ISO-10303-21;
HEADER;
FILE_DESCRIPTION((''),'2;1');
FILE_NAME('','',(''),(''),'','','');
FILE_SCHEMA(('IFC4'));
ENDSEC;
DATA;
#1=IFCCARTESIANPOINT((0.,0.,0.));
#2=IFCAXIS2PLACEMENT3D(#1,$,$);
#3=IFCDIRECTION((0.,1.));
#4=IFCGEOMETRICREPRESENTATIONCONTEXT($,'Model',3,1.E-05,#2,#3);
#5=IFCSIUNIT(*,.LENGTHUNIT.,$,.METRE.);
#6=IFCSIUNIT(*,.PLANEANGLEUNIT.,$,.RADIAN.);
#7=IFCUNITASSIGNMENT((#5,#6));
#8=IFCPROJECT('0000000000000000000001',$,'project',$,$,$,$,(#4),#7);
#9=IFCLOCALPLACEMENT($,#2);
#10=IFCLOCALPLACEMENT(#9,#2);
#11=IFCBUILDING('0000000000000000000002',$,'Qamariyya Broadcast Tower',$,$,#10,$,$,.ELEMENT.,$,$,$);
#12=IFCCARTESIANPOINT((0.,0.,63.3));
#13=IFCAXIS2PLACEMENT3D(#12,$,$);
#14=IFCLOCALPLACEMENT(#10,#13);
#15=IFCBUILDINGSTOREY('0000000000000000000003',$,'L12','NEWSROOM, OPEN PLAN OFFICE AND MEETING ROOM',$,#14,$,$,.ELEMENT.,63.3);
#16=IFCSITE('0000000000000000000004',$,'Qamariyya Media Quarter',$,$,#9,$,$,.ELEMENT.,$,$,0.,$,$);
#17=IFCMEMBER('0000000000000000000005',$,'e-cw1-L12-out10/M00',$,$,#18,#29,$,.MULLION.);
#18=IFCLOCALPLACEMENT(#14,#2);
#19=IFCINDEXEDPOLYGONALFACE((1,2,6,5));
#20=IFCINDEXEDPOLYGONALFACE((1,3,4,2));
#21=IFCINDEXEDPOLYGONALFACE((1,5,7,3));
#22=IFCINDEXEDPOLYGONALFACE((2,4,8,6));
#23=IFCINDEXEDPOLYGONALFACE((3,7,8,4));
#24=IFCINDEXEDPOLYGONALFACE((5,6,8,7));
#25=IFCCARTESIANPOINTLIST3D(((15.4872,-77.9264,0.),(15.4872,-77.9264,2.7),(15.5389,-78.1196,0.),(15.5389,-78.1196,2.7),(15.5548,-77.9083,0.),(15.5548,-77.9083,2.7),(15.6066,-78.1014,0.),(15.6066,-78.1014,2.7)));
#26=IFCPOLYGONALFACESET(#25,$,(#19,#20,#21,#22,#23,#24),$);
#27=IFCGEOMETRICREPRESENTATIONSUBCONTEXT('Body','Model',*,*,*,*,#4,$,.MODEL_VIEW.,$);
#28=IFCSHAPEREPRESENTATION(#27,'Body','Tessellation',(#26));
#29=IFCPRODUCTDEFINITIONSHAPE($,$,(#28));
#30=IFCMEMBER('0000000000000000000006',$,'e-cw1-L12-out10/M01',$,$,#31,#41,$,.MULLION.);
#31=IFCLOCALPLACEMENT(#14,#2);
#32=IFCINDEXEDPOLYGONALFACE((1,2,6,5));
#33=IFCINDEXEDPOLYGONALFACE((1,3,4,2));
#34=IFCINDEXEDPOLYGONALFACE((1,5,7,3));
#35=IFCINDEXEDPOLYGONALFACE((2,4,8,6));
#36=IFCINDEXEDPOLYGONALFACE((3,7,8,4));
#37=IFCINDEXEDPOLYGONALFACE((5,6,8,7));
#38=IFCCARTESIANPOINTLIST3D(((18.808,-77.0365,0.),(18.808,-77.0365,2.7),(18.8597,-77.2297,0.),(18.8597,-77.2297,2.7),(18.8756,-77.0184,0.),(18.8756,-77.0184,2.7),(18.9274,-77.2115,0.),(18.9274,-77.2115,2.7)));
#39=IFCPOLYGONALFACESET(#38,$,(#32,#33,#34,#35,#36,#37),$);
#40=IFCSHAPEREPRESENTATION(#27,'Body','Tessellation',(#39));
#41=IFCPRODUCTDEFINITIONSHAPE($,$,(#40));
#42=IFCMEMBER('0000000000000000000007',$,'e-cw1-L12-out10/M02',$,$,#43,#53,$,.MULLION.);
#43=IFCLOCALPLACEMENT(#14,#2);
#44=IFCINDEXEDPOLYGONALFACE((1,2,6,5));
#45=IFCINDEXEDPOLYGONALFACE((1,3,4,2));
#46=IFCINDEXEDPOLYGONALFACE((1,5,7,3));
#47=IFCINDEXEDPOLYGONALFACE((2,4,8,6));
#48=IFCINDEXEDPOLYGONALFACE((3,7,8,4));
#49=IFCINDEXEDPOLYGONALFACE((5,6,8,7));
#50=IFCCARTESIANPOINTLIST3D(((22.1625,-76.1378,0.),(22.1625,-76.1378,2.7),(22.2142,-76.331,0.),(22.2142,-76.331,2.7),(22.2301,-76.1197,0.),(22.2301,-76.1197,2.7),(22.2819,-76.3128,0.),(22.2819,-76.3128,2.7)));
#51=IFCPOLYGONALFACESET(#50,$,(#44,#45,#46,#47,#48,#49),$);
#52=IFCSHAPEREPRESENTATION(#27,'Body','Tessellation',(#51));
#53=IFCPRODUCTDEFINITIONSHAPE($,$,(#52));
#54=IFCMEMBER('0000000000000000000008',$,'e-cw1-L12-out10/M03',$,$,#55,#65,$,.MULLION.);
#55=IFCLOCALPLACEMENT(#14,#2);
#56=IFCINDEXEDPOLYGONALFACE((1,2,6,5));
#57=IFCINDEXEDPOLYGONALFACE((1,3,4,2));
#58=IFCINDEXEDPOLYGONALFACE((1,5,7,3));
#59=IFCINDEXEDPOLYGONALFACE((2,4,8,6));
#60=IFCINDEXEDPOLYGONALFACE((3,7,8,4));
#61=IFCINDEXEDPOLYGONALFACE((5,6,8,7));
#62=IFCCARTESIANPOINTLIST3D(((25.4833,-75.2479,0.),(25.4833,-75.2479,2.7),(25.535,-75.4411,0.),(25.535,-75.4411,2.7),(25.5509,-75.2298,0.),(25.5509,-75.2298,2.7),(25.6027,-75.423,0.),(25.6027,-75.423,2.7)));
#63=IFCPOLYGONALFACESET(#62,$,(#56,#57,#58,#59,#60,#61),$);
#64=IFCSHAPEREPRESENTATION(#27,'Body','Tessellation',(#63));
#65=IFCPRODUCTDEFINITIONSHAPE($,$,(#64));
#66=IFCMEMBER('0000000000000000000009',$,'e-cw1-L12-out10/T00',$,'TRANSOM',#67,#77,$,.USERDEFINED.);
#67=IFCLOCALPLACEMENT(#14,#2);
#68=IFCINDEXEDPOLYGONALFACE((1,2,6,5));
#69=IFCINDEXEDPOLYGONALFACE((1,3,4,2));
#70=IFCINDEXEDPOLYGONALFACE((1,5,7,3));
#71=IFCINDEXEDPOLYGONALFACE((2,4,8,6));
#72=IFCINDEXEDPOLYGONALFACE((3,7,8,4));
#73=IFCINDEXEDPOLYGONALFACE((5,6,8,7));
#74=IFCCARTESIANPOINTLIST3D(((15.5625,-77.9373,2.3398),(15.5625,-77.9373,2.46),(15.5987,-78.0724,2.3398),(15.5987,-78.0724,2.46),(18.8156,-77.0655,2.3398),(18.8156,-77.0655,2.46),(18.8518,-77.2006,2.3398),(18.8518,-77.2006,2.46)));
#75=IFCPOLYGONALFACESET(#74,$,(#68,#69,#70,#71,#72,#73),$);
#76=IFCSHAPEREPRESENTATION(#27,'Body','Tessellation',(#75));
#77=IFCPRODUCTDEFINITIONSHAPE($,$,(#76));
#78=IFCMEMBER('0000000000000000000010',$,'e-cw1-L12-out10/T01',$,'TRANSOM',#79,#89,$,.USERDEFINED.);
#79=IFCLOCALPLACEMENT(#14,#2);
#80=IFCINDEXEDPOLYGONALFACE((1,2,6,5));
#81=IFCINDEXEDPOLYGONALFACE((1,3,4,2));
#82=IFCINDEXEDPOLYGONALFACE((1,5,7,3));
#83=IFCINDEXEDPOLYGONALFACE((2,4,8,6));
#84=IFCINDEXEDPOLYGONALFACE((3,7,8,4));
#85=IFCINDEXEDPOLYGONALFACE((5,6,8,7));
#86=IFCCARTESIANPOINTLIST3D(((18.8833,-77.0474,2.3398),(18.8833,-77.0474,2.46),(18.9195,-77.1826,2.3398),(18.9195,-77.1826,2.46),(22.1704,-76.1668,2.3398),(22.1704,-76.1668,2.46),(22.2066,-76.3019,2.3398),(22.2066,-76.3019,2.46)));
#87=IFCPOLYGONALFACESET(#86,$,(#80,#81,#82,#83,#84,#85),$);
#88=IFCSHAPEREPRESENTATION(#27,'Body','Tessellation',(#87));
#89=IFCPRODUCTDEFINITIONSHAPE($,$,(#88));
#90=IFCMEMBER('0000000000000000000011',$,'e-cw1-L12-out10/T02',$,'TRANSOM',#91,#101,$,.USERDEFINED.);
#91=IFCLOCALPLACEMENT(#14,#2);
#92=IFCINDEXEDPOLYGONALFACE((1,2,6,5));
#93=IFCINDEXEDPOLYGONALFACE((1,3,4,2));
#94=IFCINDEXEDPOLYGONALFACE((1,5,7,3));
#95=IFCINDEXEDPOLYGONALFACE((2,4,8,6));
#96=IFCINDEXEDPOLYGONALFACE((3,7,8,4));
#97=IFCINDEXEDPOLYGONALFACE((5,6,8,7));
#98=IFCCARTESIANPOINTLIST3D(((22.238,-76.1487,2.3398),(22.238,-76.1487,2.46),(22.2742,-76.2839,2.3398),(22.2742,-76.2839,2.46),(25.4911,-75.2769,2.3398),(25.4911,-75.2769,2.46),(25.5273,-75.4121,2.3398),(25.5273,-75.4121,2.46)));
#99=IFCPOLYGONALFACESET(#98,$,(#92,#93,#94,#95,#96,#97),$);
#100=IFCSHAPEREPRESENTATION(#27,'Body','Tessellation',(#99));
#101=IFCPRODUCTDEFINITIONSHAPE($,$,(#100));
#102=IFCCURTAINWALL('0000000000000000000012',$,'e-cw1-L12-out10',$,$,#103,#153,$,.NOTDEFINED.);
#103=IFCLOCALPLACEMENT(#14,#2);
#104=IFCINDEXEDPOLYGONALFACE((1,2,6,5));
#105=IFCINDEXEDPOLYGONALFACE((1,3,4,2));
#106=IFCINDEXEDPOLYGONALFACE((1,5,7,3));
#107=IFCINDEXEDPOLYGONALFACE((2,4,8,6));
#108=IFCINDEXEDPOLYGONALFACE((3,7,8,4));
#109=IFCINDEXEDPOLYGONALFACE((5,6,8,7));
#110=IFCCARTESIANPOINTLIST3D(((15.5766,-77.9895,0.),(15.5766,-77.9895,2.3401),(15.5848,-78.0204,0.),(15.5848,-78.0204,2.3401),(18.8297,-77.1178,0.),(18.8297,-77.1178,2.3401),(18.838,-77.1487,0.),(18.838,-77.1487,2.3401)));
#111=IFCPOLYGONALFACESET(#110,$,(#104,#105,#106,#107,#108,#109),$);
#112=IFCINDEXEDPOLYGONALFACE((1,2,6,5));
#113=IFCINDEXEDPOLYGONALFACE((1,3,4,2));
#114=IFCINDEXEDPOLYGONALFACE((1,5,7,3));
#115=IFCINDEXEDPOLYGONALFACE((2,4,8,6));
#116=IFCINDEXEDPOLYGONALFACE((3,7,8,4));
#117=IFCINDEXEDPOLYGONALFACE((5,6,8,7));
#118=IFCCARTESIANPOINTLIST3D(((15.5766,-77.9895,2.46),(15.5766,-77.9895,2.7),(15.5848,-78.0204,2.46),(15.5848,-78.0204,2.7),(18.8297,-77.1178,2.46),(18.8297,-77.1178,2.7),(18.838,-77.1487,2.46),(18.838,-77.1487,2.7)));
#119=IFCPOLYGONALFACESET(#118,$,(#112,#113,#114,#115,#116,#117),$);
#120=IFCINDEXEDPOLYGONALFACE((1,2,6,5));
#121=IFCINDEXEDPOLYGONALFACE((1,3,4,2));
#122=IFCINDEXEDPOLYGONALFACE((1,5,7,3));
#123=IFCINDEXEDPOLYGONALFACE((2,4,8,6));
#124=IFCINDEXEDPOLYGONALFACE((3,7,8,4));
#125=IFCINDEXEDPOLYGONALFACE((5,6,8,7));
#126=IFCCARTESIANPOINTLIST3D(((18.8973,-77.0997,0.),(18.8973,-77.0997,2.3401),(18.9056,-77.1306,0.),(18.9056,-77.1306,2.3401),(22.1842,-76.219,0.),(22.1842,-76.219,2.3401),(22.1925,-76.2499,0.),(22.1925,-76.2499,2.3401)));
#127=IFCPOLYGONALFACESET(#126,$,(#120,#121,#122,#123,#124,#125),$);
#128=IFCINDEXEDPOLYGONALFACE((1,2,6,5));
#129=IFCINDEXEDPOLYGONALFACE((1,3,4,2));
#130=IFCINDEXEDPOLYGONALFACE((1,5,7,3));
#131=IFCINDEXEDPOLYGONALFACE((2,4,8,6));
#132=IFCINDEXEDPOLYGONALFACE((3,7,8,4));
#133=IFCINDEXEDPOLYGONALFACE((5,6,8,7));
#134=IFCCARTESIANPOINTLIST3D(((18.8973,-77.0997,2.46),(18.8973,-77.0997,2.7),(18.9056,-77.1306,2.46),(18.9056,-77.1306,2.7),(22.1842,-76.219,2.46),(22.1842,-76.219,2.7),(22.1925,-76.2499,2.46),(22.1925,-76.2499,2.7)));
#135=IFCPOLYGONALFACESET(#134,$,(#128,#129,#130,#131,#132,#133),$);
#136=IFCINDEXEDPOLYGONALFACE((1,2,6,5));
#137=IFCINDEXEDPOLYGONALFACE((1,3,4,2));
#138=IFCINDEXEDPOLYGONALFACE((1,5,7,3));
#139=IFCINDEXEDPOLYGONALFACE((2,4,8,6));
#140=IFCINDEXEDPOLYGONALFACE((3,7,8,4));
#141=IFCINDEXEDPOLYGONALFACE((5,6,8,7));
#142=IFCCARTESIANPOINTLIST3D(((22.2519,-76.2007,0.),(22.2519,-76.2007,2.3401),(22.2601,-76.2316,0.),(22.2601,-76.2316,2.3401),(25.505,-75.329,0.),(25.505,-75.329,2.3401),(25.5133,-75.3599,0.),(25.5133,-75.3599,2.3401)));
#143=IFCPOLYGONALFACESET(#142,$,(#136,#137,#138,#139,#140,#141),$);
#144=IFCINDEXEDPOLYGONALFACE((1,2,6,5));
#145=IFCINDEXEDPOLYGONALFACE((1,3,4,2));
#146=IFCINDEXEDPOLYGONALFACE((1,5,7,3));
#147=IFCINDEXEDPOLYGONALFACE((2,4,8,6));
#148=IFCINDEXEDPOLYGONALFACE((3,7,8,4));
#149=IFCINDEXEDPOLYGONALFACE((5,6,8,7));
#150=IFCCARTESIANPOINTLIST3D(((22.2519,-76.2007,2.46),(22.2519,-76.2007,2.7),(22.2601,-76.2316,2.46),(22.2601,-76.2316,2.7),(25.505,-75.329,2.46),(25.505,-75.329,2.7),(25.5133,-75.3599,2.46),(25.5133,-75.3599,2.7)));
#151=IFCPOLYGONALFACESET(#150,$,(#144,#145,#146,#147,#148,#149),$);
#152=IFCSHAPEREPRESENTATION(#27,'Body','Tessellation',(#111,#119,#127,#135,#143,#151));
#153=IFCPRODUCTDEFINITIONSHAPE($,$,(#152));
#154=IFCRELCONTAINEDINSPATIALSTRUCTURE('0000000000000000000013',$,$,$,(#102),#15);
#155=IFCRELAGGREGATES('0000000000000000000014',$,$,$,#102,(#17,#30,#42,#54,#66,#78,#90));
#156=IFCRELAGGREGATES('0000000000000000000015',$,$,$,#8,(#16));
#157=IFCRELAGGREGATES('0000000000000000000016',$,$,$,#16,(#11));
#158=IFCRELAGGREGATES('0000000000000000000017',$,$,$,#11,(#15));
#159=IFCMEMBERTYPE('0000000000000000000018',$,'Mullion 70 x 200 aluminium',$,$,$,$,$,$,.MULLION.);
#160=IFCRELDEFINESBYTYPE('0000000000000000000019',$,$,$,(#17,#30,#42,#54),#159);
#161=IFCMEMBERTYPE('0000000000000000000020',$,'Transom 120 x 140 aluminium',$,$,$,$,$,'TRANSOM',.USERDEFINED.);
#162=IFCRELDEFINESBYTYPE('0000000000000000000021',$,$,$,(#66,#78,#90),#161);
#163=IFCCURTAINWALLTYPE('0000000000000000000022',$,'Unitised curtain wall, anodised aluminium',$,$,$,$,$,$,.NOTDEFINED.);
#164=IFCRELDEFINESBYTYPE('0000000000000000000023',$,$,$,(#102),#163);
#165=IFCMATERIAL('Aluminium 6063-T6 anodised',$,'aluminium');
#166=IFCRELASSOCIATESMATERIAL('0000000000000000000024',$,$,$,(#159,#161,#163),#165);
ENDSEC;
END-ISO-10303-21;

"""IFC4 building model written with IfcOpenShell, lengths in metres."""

from ifc_helpers import new_model, si_unit, direction, frame, origin, origin_2d, place, context, subcontext, project, spatial, rectangle, extrude, material, material_profile, profile_set, type_object, element, aggregate, save


model = new_model("IFC4")

# Units and contexts
model_context = context("Model", 3, precision=1e-05, world=origin(), true_north=direction((0.0, 1.0)))
body_context = subcontext(model_context, "Body", "Model", "MODEL_VIEW")
ifc_project = project(units=[si_unit("LENGTHUNIT", "METRE"), si_unit("PLANEANGLEUNIT", "RADIAN")], contexts=[model_context])

# Members
ifc_material = material(Name="Aluminium 6063-T6 anodised", Category="aluminium")
ifc_material_profile_1 = material_profile(ifc_material, rectangle(XDim=0.2, YDim=0.0701, at=origin_2d()))
ifc_profile_set_1 = profile_set([ifc_material_profile_1], Name="Aluminium 6063-T6 anodised")
member_type_1 = type_object("IfcMemberType", Name="Mullion 70 x 200 aluminium", PredefinedType="MULLION", material=ifc_profile_set_1)
site_placement = place(None, origin())
building_placement = place(site_placement, origin())
storey_placement = place(building_placement, frame((0.0, 0.0, 63.3)))
member_1_placement = place(storey_placement, frame((15.5469, -78.0139, 0.0), z_axis=(0.0, 0.0, 1.0), x_axis=(-0.258819, 0.965926, 0.0)))
member_1 = element("IfcMember", 1, at=member_1_placement, type_object=member_type_1, Name="e-cw1-L12-out10/M00", PredefinedType="MULLION", context=body_context, shape_type="SweptSolid", body=[
    extrude(rectangle(XDim=0.2, YDim=0.0701, at=origin_2d()), origin(), (0.0, 0.0, 1.0), 2.7),
])
member_2_placement = place(storey_placement, frame((18.8677, -77.124, 0.0), z_axis=(0.0, 0.0, 1.0), x_axis=(-0.258819, 0.965926, 0.0)))
member_2 = element("IfcMember", 2, at=member_2_placement, type_object=member_type_1, Name="e-cw1-L12-out10/M01", PredefinedType="MULLION", context=body_context, shape_type="SweptSolid", body=[
    extrude(rectangle(XDim=0.2, YDim=0.0701, at=origin_2d()), origin(), (0.0, 0.0, 1.0), 2.7),
])
member_3_placement = place(storey_placement, frame((22.2222, -76.2253, 0.0), z_axis=(0.0, 0.0, 1.0), x_axis=(-0.258819, 0.965926, 0.0)))
member_3 = element("IfcMember", 3, at=member_3_placement, type_object=member_type_1, Name="e-cw1-L12-out10/M02", PredefinedType="MULLION", context=body_context, shape_type="SweptSolid", body=[
    extrude(rectangle(XDim=0.2, YDim=0.0701, at=origin_2d()), origin(), (0.0, 0.0, 1.0), 2.7),
])
member_4_placement = place(storey_placement, frame((25.543, -75.3354, 0.0), z_axis=(0.0, 0.0, 1.0), x_axis=(-0.258819, 0.965926, 0.0)))
member_4 = element("IfcMember", 4, at=member_4_placement, type_object=member_type_1, Name="e-cw1-L12-out10/M03", PredefinedType="MULLION", context=body_context, shape_type="SweptSolid", body=[
    extrude(rectangle(XDim=0.2, YDim=0.0701, at=origin_2d()), origin(), (0.0, 0.0, 1.0), 2.7),
])
ifc_material_profile_2 = material_profile(ifc_material, rectangle(XDim=0.1399, YDim=0.1201, at=origin_2d()))
ifc_profile_set_2 = profile_set([ifc_material_profile_2], Name="Aluminium 6063-T6 anodised")
member_type_2 = type_object("IfcMemberType", Name="Transom 120 x 140 aluminium", ElementType="TRANSOM", PredefinedType="USERDEFINED", material=ifc_profile_set_2)
member_5_placement = place(storey_placement, frame((15.5806, -78.0049, 2.3999), z_axis=(0.965915, 0.258858, 0.0), x_axis=(-0.258858, 0.965915, 0.0)))
member_5 = element("IfcMember", 5, at=member_5_placement, type_object=member_type_2, Name="e-cw1-L12-out10/T00", ObjectType="TRANSOM", PredefinedType="USERDEFINED", context=body_context, shape_type="SweptSolid", body=[
    extrude(rectangle(XDim=0.1399, YDim=0.1201, at=origin_2d()), origin(), (0.0, 0.0, 1.0), 3.3679),
])
member_6_placement = place(storey_placement, frame((18.9014, -77.115, 2.3999), z_axis=(0.965938, 0.258774, 0.0), x_axis=(-0.258774, 0.965938, 0.0)))
member_6 = element("IfcMember", 6, at=member_6_placement, type_object=member_type_2, Name="e-cw1-L12-out10/T01", ObjectType="TRANSOM", PredefinedType="USERDEFINED", context=body_context, shape_type="SweptSolid", body=[
    extrude(rectangle(XDim=0.1399, YDim=0.1201, at=origin_2d()), origin(), (0.0, 0.0, 1.0), 3.4031),
])
member_7_placement = place(storey_placement, frame((22.2561, -76.2163, 2.3999), z_axis=(0.965915, 0.258858, 0.0), x_axis=(-0.258858, 0.965915, 0.0)))
member_7 = element("IfcMember", 7, at=member_7_placement, type_object=member_type_2, Name="e-cw1-L12-out10/T02", ObjectType="TRANSOM", PredefinedType="USERDEFINED", context=body_context, shape_type="SweptSolid", body=[
    extrude(rectangle(XDim=0.1399, YDim=0.1201, at=origin_2d()), origin(), (0.0, 0.0, 1.0), 3.3679),
])

# Site, building, storey
site = spatial("IfcSite", under=ifc_project, at=site_placement, Name="Qamariyya Media Quarter", CompositionType="ELEMENT", RefElevation=0.0)
building = spatial("IfcBuilding", under=site, at=building_placement, Name="Qamariyya Broadcast Tower", CompositionType="ELEMENT")
storey = spatial("IfcBuildingStorey", under=building, at=storey_placement, Name="L12", Description="NEWSROOM, OPEN PLAN OFFICE AND MEETING ROOM", CompositionType="ELEMENT", Elevation=63.3)

# Curtain wall
curtain_wall_type = type_object("IfcCurtainWallType", Name="Unitised curtain wall, anodised aluminium", PredefinedType="NOTDEFINED", material=ifc_material)
curtain_wall_1_placement = place(storey_placement, origin())
curtain_wall_1 = element("IfcCurtainWall", 8, at=curtain_wall_1_placement, inside=storey, type_object=curtain_wall_type, Name="e-cw1-L12-out10", PredefinedType="NOTDEFINED", context=body_context, shape_type="SweptSolid", body=[
    extrude(rectangle(XDim=3.3679, YDim=0.032, at=origin_2d()), frame((17.2073, -77.5691, 0.0), x_axis=(0.965925, 0.258822, 0.0)), (0.0, 0.0, 1.0), 2.3401),
    extrude(rectangle(XDim=3.3679, YDim=0.032, at=origin_2d()), frame((17.2073, -77.5691, 2.46), x_axis=(0.965925, 0.258822, 0.0)), (0.0, 0.0, 1.0), 0.24),
    extrude(rectangle(XDim=3.4028, YDim=0.032, at=origin_2d()), frame((20.5449, -76.6748, 0.0), x_axis=(0.965925, 0.258822, 0.0)), (0.0, 0.0, 1.0), 2.3401),
    extrude(rectangle(XDim=3.4028, YDim=0.032, at=origin_2d()), frame((20.5449, -76.6748, 2.46), x_axis=(0.965925, 0.258822, 0.0)), (0.0, 0.0, 1.0), 0.24),
    extrude(rectangle(XDim=3.3679, YDim=0.032, at=origin_2d()), frame((23.8826, -75.7803, 0.0), x_axis=(0.965925, 0.258822, 0.0)), (0.0, 0.0, 1.0), 2.3401),
    extrude(rectangle(XDim=3.3679, YDim=0.032, at=origin_2d()), frame((23.8826, -75.7803, 2.46), x_axis=(0.965925, 0.258822, 0.0)), (0.0, 0.0, 1.0), 0.24),
])
aggregate(curtain_wall_1, [member_1, member_2, member_3, member_4, member_5, member_6, member_7])

save(model, "model.ifc")
